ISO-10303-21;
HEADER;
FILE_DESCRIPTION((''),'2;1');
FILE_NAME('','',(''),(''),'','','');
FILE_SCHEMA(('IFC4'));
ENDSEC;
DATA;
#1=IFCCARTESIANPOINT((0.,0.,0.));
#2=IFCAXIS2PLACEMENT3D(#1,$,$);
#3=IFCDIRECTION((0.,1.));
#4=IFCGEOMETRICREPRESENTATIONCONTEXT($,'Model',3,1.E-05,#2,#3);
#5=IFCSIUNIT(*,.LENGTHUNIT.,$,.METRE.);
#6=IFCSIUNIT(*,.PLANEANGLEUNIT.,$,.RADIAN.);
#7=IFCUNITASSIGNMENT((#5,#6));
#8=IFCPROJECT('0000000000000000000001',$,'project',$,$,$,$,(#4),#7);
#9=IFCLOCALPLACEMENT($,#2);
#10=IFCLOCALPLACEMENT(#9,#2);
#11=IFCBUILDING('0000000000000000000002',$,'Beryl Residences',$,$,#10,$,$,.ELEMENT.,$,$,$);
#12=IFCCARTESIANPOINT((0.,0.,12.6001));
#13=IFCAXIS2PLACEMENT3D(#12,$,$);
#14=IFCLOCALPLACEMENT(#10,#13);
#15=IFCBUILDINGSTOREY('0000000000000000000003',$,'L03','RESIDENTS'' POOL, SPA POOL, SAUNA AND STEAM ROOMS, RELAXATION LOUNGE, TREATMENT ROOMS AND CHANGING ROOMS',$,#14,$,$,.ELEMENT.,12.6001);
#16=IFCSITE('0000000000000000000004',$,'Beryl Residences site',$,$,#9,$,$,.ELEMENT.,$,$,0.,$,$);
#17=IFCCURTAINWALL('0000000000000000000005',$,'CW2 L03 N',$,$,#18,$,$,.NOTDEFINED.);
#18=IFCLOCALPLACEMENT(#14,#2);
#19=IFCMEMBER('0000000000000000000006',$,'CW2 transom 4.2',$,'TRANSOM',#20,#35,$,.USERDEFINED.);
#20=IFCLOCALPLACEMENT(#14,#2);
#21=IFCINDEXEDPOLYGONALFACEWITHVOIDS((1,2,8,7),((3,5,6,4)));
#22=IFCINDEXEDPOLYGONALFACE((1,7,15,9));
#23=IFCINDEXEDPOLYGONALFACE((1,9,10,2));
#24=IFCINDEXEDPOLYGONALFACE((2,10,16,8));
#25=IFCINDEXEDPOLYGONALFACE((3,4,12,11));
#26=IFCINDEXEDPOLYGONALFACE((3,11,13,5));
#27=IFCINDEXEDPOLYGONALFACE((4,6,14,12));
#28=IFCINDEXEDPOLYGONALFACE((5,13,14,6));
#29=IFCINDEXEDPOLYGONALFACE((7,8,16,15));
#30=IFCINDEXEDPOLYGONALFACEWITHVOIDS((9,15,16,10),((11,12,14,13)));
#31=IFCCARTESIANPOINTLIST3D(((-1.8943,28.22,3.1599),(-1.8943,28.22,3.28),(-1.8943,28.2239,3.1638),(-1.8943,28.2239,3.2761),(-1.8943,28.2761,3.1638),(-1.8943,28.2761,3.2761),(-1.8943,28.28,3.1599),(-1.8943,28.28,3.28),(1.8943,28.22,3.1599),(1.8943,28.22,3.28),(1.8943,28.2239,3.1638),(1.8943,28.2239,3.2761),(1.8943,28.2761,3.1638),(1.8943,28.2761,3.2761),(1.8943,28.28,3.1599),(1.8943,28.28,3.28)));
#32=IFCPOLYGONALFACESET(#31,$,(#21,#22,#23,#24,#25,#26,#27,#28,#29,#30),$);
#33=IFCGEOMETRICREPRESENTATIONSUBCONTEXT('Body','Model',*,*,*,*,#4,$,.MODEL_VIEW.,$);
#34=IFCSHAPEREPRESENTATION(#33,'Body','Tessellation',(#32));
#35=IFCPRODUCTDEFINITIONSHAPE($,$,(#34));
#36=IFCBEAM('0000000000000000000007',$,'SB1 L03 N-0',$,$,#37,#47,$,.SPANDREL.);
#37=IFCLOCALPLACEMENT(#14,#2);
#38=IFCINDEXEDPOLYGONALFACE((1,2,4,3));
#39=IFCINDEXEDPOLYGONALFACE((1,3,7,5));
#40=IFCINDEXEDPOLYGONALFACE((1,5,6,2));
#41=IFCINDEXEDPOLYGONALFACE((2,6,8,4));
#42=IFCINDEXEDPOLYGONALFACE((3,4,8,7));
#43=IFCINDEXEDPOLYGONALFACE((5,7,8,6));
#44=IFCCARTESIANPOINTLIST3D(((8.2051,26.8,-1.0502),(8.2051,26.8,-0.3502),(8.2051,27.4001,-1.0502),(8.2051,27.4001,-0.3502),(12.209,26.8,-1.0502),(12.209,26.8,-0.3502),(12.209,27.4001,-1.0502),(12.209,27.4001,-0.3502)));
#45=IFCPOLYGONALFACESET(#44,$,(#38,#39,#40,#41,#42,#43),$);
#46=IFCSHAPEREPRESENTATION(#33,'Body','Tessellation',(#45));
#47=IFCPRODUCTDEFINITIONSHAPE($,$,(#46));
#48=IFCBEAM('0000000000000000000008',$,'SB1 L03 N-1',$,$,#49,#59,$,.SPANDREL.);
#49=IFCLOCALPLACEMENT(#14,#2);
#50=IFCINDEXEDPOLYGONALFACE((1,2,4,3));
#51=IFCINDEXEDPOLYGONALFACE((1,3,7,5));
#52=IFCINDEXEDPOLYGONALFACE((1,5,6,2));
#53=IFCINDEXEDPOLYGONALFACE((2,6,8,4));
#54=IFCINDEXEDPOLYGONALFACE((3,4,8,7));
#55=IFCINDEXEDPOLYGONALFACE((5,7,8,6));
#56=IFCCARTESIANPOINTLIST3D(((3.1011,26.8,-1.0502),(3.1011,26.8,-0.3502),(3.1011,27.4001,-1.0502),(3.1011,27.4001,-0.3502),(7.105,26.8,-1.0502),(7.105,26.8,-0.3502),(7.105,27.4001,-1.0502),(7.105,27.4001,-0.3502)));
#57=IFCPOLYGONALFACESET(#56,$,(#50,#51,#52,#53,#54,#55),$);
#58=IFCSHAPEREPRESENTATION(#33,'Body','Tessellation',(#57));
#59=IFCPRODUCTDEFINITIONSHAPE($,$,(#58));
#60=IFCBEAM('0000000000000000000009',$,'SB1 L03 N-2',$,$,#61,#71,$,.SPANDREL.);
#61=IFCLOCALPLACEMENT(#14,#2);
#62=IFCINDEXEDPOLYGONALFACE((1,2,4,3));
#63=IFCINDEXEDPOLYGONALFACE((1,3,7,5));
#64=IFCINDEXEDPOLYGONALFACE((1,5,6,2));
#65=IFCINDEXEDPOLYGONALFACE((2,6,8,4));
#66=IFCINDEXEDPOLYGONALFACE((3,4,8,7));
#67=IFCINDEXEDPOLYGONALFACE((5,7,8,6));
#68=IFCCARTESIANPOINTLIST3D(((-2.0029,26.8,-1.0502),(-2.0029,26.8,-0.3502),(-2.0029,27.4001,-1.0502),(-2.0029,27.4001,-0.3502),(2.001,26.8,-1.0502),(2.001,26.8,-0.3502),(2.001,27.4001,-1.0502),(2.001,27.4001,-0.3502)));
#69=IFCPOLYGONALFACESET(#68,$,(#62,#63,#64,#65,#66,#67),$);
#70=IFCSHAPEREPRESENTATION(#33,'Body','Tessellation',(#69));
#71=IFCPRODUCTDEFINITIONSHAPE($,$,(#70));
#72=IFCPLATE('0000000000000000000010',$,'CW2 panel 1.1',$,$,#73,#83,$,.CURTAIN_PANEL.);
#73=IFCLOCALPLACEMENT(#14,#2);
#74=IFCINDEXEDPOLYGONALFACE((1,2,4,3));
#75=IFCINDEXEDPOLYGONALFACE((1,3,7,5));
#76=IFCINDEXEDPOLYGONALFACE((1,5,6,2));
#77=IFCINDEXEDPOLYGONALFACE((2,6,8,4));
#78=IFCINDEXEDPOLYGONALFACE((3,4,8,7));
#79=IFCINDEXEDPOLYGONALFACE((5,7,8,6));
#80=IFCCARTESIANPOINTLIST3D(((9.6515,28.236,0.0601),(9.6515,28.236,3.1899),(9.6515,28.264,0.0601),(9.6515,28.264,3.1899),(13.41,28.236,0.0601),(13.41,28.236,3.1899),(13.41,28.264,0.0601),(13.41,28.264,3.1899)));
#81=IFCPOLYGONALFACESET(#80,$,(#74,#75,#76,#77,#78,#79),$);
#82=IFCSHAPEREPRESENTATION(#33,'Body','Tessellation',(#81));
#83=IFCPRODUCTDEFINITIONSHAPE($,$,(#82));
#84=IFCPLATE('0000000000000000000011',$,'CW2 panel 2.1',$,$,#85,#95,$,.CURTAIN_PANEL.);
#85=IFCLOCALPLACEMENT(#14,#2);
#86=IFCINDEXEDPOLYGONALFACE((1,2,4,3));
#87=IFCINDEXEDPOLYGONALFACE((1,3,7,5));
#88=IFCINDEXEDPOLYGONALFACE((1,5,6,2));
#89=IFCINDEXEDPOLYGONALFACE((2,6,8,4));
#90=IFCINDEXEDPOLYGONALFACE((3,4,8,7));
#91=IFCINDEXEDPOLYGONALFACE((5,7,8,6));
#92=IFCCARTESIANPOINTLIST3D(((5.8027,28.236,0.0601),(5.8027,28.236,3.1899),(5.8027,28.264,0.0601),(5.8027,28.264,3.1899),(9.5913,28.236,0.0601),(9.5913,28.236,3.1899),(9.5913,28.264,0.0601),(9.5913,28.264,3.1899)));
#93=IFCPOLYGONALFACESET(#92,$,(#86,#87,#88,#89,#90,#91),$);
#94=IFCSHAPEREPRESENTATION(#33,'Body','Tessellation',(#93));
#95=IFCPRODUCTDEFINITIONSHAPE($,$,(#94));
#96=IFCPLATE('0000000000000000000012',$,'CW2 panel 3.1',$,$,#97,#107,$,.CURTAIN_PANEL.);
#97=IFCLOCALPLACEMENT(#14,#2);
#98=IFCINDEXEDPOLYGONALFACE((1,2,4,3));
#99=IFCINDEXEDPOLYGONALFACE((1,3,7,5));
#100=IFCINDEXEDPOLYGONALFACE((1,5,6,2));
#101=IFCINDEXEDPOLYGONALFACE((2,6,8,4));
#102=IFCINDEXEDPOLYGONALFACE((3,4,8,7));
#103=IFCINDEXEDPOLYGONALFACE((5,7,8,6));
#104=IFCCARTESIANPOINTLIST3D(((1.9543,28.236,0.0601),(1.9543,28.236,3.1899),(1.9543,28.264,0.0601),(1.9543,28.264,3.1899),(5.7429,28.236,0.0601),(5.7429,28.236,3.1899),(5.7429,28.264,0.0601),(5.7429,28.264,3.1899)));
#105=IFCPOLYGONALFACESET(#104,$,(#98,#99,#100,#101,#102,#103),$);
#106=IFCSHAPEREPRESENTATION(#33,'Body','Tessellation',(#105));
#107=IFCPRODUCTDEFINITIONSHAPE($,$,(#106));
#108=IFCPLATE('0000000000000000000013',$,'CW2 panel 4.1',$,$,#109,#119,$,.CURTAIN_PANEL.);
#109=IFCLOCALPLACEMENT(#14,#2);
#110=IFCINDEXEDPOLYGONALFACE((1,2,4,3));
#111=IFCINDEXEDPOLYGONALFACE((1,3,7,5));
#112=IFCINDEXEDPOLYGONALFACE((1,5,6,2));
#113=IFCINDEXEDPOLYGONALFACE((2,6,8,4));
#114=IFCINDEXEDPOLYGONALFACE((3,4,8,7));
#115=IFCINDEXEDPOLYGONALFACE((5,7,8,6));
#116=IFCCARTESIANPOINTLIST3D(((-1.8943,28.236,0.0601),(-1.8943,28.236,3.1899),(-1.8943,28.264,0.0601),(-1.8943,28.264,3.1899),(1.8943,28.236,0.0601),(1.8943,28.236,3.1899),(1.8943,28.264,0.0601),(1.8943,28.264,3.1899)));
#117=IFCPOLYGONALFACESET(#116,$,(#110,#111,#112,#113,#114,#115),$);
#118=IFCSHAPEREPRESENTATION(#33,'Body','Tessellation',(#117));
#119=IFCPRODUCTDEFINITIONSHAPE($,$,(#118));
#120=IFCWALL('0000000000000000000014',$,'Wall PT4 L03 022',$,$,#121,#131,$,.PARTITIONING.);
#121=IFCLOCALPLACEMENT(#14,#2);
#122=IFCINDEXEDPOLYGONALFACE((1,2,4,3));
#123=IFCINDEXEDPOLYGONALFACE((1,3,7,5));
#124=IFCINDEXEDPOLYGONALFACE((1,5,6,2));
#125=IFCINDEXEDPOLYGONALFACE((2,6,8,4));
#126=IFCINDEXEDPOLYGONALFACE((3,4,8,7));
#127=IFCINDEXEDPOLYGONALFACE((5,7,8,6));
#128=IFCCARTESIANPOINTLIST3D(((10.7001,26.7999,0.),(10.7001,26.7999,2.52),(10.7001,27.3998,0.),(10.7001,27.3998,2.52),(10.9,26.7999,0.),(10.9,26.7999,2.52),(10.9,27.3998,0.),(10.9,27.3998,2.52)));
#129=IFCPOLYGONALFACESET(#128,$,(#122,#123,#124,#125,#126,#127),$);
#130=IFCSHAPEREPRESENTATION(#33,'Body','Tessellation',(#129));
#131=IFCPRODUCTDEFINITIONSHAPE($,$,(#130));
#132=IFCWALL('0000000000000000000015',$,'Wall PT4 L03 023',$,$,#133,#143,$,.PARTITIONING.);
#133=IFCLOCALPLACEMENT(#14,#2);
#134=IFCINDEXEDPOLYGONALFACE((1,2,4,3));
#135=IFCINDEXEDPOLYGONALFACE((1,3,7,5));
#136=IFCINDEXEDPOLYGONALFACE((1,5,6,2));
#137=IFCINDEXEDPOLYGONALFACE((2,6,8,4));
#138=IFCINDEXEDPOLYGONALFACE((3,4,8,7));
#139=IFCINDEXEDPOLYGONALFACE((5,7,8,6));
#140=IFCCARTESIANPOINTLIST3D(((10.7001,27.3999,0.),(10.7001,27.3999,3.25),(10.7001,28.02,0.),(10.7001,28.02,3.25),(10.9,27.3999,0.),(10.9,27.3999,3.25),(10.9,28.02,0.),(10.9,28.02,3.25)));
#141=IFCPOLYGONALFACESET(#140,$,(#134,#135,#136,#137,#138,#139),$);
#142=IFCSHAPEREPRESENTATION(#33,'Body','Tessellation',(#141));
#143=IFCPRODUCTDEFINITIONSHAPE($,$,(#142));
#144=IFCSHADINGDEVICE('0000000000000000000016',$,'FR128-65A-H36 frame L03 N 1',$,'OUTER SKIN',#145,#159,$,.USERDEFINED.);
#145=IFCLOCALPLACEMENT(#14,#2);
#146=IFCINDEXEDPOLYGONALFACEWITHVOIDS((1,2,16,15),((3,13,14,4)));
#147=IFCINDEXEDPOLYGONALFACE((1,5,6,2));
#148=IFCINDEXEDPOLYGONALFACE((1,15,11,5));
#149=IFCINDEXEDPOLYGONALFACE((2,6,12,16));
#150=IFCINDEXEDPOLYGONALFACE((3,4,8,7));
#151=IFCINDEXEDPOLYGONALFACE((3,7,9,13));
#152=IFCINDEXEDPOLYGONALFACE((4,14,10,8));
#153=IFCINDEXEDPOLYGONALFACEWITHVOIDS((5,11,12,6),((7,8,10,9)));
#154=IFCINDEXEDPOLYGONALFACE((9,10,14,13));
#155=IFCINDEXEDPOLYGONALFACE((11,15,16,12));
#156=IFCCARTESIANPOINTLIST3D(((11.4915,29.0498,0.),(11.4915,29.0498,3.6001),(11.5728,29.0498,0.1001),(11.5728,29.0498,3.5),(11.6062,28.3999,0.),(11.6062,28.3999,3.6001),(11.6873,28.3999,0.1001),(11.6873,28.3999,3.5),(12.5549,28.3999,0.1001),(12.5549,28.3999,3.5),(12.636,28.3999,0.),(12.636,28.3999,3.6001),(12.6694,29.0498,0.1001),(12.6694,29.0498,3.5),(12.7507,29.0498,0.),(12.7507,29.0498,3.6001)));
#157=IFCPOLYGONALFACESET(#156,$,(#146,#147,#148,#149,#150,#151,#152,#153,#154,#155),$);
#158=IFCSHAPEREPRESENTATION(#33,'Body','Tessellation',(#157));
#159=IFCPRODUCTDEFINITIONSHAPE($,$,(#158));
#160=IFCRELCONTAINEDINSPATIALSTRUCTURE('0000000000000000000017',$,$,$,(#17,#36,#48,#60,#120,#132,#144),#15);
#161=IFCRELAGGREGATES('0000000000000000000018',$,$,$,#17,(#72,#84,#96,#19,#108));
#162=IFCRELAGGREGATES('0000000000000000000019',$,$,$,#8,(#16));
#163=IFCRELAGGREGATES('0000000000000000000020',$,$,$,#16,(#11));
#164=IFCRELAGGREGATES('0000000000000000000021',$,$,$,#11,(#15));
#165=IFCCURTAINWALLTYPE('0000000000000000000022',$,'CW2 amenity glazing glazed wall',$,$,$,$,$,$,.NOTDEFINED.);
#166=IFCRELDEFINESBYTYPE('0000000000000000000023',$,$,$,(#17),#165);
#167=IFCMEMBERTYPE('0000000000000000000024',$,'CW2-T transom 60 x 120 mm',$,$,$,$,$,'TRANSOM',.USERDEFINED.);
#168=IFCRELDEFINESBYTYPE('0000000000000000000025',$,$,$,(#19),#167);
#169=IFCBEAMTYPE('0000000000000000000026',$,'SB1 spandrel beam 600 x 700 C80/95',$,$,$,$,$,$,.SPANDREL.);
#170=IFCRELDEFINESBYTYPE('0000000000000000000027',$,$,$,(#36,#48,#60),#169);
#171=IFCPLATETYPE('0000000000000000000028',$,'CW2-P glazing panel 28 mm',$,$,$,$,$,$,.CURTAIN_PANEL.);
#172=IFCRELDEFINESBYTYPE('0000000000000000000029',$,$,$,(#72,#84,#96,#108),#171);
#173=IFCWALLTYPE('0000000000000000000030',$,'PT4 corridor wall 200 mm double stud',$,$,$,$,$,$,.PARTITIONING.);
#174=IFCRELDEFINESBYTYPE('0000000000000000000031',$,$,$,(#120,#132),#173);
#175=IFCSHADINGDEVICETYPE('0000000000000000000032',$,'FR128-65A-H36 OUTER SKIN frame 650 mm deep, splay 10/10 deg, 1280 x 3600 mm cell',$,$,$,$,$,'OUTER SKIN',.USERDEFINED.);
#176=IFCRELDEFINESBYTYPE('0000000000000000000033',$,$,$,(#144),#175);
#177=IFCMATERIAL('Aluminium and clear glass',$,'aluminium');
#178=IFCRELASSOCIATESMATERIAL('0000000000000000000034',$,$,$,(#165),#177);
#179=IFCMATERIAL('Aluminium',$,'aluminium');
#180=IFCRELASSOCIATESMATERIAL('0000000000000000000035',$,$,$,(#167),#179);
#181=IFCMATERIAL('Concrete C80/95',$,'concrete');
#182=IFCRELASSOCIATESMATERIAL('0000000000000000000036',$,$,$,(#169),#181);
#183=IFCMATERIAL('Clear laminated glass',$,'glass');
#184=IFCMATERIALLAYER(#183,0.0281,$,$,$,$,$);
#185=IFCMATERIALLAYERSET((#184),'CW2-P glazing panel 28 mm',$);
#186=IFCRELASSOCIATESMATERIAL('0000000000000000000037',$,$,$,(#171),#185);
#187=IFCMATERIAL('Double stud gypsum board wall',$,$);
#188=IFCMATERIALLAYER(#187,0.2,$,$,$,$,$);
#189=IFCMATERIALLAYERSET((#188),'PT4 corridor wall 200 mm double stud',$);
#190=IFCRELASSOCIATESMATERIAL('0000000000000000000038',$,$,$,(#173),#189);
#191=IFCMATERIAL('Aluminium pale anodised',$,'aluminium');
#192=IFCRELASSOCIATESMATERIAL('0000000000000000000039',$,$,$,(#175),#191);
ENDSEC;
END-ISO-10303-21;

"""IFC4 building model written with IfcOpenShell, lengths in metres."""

from ifc_helpers import new_model, entity, si_unit, direction, frame, frame_2d, origin, origin_2d, place, context, subcontext, project, spatial, rectangle, hollow_rectangle, extrude, source, transform, mapped, material, layer, layer_set, material_profile, profile_set, type_object, type_shapes, element, aggregate, save


model = new_model("IFC4")

# Units and contexts
model_context = context("Model", 3, precision=1e-05, world=origin(), true_north=direction((0.0, 1.0)))
body_context = subcontext(model_context, "Body", "Model", "MODEL_VIEW")
ifc_project = project(units=[si_unit("LENGTHUNIT", "METRE"), si_unit("PLANEANGLEUNIT", "RADIAN")], contexts=[model_context])

# Site, building, storey
site_placement = place(None, origin())
site = spatial("IfcSite", under=ifc_project, at=site_placement, Name="Beryl Residences site", CompositionType="ELEMENT", RefElevation=0.0)
building_placement = place(site_placement, origin())
building = spatial("IfcBuilding", under=site, at=building_placement, Name="Beryl Residences", CompositionType="ELEMENT")
storey_placement = place(building_placement, frame((0.0, 0.0, 12.6001)))
storey = spatial("IfcBuildingStorey", under=building, at=storey_placement, Name="L03", Description="RESIDENTS' POOL, SPA POOL, SAUNA AND STEAM ROOMS, RELAXATION LOUNGE, TREATMENT ROOMS AND CHANGING ROOMS", CompositionType="ELEMENT", Elevation=12.6001)

# Curtain wall, member
ifc_material_1 = material(Name="Aluminium and clear glass", Category="aluminium")
curtain_wall_type = type_object("IfcCurtainWallType", Name="CW2 amenity glazing glazed wall", PredefinedType="NOTDEFINED", material=ifc_material_1)
curtain_wall_placement = place(storey_placement, origin())
curtain_wall = element("IfcCurtainWall", 1, at=curtain_wall_placement, inside=storey, type_object=curtain_wall_type, Name="CW2 L03 N", PredefinedType="NOTDEFINED")
ifc_material_2 = material(Name="Aluminium", Category="aluminium")
ifc_material_profile_1 = material_profile(ifc_material_2, hollow_rectangle(XDim=0.0601, YDim=0.1201, WallThickness=0.0039, at=origin_2d()))
ifc_profile_set_1 = profile_set([ifc_material_profile_1], Name="Aluminium")
member_type_1 = type_object("IfcMemberType", Name="CW2-T transom 60 x 120 mm", ElementType="TRANSOM", PredefinedType="USERDEFINED", material=ifc_profile_set_1)
member_1_placement = place(storey_placement, frame((1.8943, 28.25, 3.22), z_axis=(-1.0, 0.0, 0.0), x_axis=(0.0, -1.0, 0.0)))
member_1 = element("IfcMember", 2, at=member_1_placement, type_object=member_type_1, Name="CW2 transom 4.2", ObjectType="TRANSOM", PredefinedType="USERDEFINED", context=body_context, shape_type="SweptSolid", body=[
    extrude(hollow_rectangle(XDim=0.0601, YDim=0.1201, WallThickness=0.0039, at=origin_2d()), origin(), (0.0, 0.0, 1.0), 3.7886),
])

# Beams
ifc_material_3 = material(Name="Concrete C80/95", Category="concrete")
ifc_material_profile_2 = material_profile(ifc_material_3, rectangle(XDim=0.6001, YDim=0.7, at=origin_2d()))
ifc_profile_set_2 = profile_set([ifc_material_profile_2], Name="Concrete C80/95")
beam_type = type_object("IfcBeamType", Name="SB1 spandrel beam 600 x 700 C80/95", PredefinedType="SPANDREL", material=ifc_profile_set_2)
for number, where, z_axis, x_axis, name in (
    (3, (12.209, 27.1001, -0.7002), (-1.0, 0.0, 0.0), (0.0, -1.0, 0.0), "SB1 L03 N-0"),
    (4, (7.105, 27.1001, -0.7002), (-1.0, 0.0, 0.0), (0.0, -1.0, 0.0), "SB1 L03 N-1"),
    (5, (2.001, 27.1001, -0.7002), (-1.0, 0.0, 0.0), (0.0, -1.0, 0.0), "SB1 L03 N-2"),
):
    element("IfcBeam", number, at=place(storey_placement, frame(where, z_axis=z_axis, x_axis=x_axis)), inside=storey, type_object=beam_type, Name=name, PredefinedType="SPANDREL", context=body_context, shape_type="SweptSolid", body=[
        extrude(rectangle(XDim=0.6001, YDim=0.7, at=origin_2d()), origin(), (0.0, 0.0, 1.0), 4.0039),
    ])

# Plates
ifc_material_4 = material(Name="Clear laminated glass", Category="glass")
ifc_layer_1 = layer(ifc_material_4, 0.0281)
ifc_layer_set_1 = layer_set([ifc_layer_1], Name="CW2-P glazing panel 28 mm")
plate_type = type_object("IfcPlateType", Name="CW2-P glazing panel 28 mm", PredefinedType="CURTAIN_PANEL", material=ifc_layer_set_1)
plate_1_placement = place(storey_placement, frame((11.5308, 28.25, 0.0601), z_axis=(0.0, 0.0, 1.0), x_axis=(-1.0, 0.0, 0.0)))
plate_1 = element("IfcPlate", 6, at=plate_1_placement, type_object=plate_type, Name="CW2 panel 1.1", PredefinedType="CURTAIN_PANEL", context=body_context, shape_type="SweptSolid", body=[
    extrude(rectangle(XDim=3.7585, YDim=0.0281, at=origin_2d()), origin(), (0.0, 0.0, 1.0), 3.1299),
])
plate_2_placement = place(storey_placement, frame((7.697, 28.25, 0.0601), z_axis=(0.0, 0.0, 1.0), x_axis=(-1.0, 0.0, 0.0)))
plate_2 = element("IfcPlate", 7, at=plate_2_placement, type_object=plate_type, Name="CW2 panel 2.1", PredefinedType="CURTAIN_PANEL", context=body_context, shape_type="SweptSolid", body=[
    extrude(rectangle(XDim=3.7886, YDim=0.0281, at=origin_2d()), origin(), (0.0, 0.0, 1.0), 3.1299),
])
plate_3_placement = place(storey_placement, frame((3.8486, 28.25, 0.0601), z_axis=(0.0, 0.0, 1.0), x_axis=(-1.0, 0.0, 0.0)))
plate_3 = element("IfcPlate", 8, at=plate_3_placement, type_object=plate_type, Name="CW2 panel 3.1", PredefinedType="CURTAIN_PANEL", context=body_context, shape_type="SweptSolid", body=[
    extrude(rectangle(XDim=3.7886, YDim=0.0281, at=origin_2d()), origin(), (0.0, 0.0, 1.0), 3.1299),
])
plate_4_placement = place(storey_placement, frame((0.0, 28.25, 0.0601), z_axis=(0.0, 0.0, 1.0), x_axis=(-1.0, 0.0, 0.0)))
plate_4 = element("IfcPlate", 9, at=plate_4_placement, type_object=plate_type, Name="CW2 panel 4.1", PredefinedType="CURTAIN_PANEL", context=body_context, shape_type="SweptSolid", body=[
    extrude(rectangle(XDim=3.7886, YDim=0.0281, at=origin_2d()), origin(), (0.0, 0.0, 1.0), 3.1299),
])
aggregate(curtain_wall, [plate_1, plate_2, plate_3, member_1, plate_4])

# Walls
ifc_material_5 = material(Name="Double stud gypsum board wall")
ifc_layer_2 = layer(ifc_material_5, 0.2)
ifc_layer_set_2 = layer_set([ifc_layer_2], Name="PT4 corridor wall 200 mm double stud")
wall_type = type_object("IfcWallType", Name="PT4 corridor wall 200 mm double stud", PredefinedType="PARTITIONING", material=ifc_layer_set_2)
wall_1_placement = place(storey_placement, frame((10.8, 26.8, 0.0), z_axis=(0.0, 0.0, 1.0), x_axis=(0.0, 1.0, 0.0)))
element("IfcWall", 10, at=wall_1_placement, inside=storey, type_object=wall_type, Name="Wall PT4 L03 022", PredefinedType="PARTITIONING", context=body_context, shape_type="SweptSolid", body=[
    extrude(rectangle(XDim=0.5999, YDim=0.2, at=frame_2d((0.2998, 0.0))), origin(), (0.0, 0.0, 1.0), 2.52),
])
wall_2_placement = place(storey_placement, frame((10.8, 27.3999, 0.0), z_axis=(0.0, 0.0, 1.0), x_axis=(0.0, 1.0, 0.0)))
element("IfcWall", 11, at=wall_2_placement, inside=storey, type_object=wall_type, Name="Wall PT4 L03 023", PredefinedType="PARTITIONING", context=body_context, shape_type="SweptSolid", body=[
    extrude(rectangle(XDim=0.6201, YDim=0.2, at=frame_2d((0.3101, 0.0))), origin(), (0.0, 0.0, 1.0), 3.25),
])

# Shading device
ifc_material_6 = material(Name="Aluminium pale anodised", Category="aluminium")
shading_device_type_1 = type_object("IfcShadingDeviceType", Name="FR128-65A-H36 OUTER SKIN frame 650 mm deep, splay 10/10 deg, 1280 x 3600 mm cell", ElementType="OUTER SKIN", PredefinedType="USERDEFINED", material=ifc_material_6)
cartesian_point_1 = entity("IfcCartesianPoint", [-0.5149, 0.0])
cartesian_point_2 = entity("IfcCartesianPoint", [-0.4338, 0.1001])
cartesian_point_3 = entity("IfcCartesianPoint", [-0.6296, 0.0])
cartesian_point_4 = entity("IfcCartesianPoint", [-0.5483, 0.1001])
shared_shape_1 = source(origin(), body_context, "Body", "SweptSolid", [
    entity("IfcExtrudedAreaSolidTapered", entity("IfcArbitraryProfileDefWithVoids", "AREA", None, entity("IfcPolyline", [cartesian_point_1, entity("IfcCartesianPoint", [0.5149, 0.0]), entity("IfcCartesianPoint", [0.5149, 3.6001]), entity("IfcCartesianPoint", [-0.5149, 3.6001]), cartesian_point_1]), [entity("IfcPolyline", [cartesian_point_2, entity("IfcCartesianPoint", [0.4338, 0.1001]), entity("IfcCartesianPoint", [0.4338, 3.5]), entity("IfcCartesianPoint", [-0.4338, 3.5]), cartesian_point_2])]), entity("IfcAxis2Placement3D", entity("IfcCartesianPoint", [0.0, 0.0, 0.0]), entity("IfcDirection", [0.0, 1.0, 0.0]), entity("IfcDirection", [-1.0, 0.0, 0.0])), entity("IfcDirection", [0.0, 0.0, 1.0]), 0.6499, entity("IfcArbitraryProfileDefWithVoids", "AREA", None, entity("IfcPolyline", [cartesian_point_3, entity("IfcCartesianPoint", [0.6296, 0.0]), entity("IfcCartesianPoint", [0.6296, 3.6001]), entity("IfcCartesianPoint", [-0.6296, 3.6001]), cartesian_point_3]), [entity("IfcPolyline", [cartesian_point_4, entity("IfcCartesianPoint", [0.5483, 0.1001]), entity("IfcCartesianPoint", [0.5483, 3.5]), entity("IfcCartesianPoint", [-0.5483, 3.5]), cartesian_point_4])])),
])
type_shapes(shading_device_type_1, [shared_shape_1])
shading_device_placement = place(storey_placement, frame((12.1211, 28.3999, 0.0), z_axis=(0.0, 0.0, 1.0), x_axis=(1.0, 0.0, 0.0)))
element("IfcShadingDevice", 12, at=shading_device_placement, inside=storey, type_object=shading_device_type_1, Name="FR128-65A-H36 frame L03 N 1", ObjectType="OUTER SKIN", PredefinedType="USERDEFINED", context=body_context, shape_type="MappedRepresentation", body=[
    mapped(shared_shape_1, transform((0.0, 0.0, 0.0))),
])

save(model, "model.ifc")
